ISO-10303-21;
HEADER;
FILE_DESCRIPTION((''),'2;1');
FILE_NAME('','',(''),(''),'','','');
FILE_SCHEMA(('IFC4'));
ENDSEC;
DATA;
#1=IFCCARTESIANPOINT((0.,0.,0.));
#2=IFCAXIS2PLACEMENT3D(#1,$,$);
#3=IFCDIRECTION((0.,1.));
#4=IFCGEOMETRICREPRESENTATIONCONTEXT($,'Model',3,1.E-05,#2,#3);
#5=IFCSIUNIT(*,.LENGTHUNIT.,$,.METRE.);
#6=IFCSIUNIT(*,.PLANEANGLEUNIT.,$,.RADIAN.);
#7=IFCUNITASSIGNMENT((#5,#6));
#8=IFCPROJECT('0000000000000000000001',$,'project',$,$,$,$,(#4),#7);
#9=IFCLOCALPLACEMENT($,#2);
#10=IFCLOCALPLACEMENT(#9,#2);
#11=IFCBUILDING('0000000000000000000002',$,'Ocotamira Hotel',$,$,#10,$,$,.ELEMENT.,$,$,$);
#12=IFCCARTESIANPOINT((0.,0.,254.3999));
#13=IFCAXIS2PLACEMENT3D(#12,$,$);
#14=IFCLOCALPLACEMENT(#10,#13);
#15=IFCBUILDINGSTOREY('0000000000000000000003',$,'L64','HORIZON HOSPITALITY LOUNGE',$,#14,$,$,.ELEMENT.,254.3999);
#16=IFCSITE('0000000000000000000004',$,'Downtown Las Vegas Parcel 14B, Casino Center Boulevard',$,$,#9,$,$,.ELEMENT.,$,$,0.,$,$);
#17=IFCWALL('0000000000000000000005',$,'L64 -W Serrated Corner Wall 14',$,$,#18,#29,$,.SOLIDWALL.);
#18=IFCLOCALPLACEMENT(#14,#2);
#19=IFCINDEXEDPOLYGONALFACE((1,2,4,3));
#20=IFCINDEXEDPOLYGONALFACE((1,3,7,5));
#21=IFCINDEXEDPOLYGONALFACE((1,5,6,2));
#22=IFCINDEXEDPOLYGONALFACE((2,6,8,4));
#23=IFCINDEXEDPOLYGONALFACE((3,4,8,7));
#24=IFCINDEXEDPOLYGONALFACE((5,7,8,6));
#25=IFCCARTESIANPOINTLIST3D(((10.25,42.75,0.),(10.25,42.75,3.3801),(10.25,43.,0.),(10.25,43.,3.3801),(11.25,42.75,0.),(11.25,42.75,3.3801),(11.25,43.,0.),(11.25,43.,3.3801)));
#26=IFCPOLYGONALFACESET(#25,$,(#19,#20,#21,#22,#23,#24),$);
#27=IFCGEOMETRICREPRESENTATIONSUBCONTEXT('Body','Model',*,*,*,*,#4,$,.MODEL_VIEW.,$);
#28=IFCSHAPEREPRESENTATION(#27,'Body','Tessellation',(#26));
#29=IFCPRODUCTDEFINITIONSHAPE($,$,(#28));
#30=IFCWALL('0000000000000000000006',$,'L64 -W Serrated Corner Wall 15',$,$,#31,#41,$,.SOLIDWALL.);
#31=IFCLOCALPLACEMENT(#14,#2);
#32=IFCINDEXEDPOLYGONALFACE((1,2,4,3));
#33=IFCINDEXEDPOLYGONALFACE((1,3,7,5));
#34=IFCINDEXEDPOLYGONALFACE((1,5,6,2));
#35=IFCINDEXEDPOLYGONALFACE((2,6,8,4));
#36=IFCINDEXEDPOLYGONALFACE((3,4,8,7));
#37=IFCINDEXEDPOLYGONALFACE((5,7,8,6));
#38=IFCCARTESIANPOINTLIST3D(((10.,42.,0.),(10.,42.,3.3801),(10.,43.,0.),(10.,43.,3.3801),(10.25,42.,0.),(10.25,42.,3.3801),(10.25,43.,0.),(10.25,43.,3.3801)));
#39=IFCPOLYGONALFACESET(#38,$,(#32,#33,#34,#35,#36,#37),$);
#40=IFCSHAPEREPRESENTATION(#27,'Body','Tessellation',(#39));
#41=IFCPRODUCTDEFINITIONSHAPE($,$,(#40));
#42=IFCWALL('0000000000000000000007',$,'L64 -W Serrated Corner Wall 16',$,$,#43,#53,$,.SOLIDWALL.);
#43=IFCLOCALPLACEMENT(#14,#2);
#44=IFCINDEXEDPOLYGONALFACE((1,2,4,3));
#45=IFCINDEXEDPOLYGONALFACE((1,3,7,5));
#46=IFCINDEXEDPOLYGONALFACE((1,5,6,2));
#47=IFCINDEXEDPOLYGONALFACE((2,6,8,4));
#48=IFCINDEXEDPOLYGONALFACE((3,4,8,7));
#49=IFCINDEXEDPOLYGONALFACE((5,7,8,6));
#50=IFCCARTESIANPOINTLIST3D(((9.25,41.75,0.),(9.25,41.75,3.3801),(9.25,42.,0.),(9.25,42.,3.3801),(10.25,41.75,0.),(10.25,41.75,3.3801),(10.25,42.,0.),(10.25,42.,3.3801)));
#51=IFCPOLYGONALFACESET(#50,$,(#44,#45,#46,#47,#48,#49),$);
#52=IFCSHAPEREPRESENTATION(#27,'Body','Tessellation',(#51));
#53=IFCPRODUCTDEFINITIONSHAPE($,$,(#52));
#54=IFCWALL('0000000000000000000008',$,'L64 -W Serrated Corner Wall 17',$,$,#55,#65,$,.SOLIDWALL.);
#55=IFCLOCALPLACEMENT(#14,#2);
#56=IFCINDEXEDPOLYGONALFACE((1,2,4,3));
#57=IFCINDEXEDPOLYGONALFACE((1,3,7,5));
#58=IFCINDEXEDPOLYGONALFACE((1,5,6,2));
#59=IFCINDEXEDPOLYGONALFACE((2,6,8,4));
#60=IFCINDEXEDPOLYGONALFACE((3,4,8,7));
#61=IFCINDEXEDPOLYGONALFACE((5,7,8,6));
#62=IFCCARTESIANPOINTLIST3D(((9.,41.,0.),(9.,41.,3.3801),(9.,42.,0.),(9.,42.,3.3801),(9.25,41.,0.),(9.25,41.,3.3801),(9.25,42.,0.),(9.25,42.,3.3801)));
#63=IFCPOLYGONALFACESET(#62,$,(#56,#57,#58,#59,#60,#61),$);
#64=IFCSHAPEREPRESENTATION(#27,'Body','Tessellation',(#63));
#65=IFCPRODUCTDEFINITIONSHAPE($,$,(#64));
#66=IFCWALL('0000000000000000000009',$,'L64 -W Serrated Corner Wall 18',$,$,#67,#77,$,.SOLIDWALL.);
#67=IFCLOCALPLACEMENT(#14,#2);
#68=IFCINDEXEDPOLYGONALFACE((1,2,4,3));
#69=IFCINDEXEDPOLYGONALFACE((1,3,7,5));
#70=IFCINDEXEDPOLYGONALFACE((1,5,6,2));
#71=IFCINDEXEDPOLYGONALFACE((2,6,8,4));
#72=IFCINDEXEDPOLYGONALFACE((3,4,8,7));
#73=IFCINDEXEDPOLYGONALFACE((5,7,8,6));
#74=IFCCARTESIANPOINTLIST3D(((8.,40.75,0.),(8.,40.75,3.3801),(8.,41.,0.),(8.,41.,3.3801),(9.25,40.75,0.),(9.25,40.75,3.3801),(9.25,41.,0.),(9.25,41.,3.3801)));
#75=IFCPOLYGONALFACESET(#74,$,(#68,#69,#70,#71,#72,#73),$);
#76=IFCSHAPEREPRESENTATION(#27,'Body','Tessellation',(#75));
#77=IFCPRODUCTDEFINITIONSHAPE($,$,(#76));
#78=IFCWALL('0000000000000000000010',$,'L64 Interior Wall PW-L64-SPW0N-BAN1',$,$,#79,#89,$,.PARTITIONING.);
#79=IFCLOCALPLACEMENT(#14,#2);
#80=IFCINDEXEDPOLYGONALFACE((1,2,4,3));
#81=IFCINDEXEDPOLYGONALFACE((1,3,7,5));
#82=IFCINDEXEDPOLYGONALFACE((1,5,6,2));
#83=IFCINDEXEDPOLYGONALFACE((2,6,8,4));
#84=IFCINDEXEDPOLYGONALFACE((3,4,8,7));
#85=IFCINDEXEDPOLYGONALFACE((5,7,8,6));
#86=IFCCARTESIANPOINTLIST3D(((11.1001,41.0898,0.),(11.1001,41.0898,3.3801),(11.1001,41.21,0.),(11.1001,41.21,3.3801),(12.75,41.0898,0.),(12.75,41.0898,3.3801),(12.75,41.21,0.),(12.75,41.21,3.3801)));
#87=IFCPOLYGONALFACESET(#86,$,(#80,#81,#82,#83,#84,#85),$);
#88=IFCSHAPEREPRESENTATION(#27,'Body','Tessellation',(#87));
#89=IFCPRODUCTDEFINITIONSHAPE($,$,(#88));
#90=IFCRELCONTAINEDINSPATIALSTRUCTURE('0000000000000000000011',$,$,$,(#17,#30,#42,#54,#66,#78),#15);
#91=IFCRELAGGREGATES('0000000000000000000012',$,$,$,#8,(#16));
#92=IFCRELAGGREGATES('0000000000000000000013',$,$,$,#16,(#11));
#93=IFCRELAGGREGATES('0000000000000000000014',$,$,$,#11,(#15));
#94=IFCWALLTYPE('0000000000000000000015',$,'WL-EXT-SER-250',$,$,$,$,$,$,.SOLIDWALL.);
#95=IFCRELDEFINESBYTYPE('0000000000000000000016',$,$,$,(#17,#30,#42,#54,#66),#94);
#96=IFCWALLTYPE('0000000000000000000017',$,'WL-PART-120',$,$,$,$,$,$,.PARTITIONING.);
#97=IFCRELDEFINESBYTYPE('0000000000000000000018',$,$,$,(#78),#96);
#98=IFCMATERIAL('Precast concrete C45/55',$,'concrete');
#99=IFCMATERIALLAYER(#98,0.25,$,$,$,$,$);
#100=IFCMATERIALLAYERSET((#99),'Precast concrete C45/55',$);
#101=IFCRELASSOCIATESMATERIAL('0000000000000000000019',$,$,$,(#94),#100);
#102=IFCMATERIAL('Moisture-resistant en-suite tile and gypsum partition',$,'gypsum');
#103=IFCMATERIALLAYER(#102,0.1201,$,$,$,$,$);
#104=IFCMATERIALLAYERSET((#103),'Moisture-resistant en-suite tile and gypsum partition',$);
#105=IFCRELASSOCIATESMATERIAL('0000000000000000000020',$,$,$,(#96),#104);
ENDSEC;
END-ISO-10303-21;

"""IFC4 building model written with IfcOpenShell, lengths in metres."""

from ifc_helpers import new_model, si_unit, direction, frame, frame_2d, origin, place, context, subcontext, project, spatial, rectangle, extrude, material, layer, layer_set, type_object, element, save


model = new_model("IFC4")

# Units and contexts
model_context = context("Model", 3, precision=1e-05, world=origin(), true_north=direction((0.0, 1.0)))
body_context = subcontext(model_context, "Body", "Model", "MODEL_VIEW")
ifc_project = project(units=[si_unit("LENGTHUNIT", "METRE"), si_unit("PLANEANGLEUNIT", "RADIAN")], contexts=[model_context])

# Site, building, storey
site_placement = place(None, origin())
site = spatial("IfcSite", under=ifc_project, at=site_placement, Name="Downtown Las Vegas Parcel 14B, Casino Center Boulevard", CompositionType="ELEMENT", RefElevation=0.0)
building_placement = place(site_placement, origin())
building = spatial("IfcBuilding", under=site, at=building_placement, Name="Ocotamira Hotel", CompositionType="ELEMENT")
storey_placement = place(building_placement, frame((0.0, 0.0, 254.3999)))
storey = spatial("IfcBuildingStorey", under=building, at=storey_placement, Name="L64", Description="HORIZON HOSPITALITY LOUNGE", CompositionType="ELEMENT", Elevation=254.3999)

# Walls
ifc_material_1 = material(Name="Precast concrete C45/55", Category="concrete")
ifc_layer_1 = layer(ifc_material_1, 0.25)
ifc_layer_set_1 = layer_set([ifc_layer_1], Name="Precast concrete C45/55")
wall_type_1 = type_object("IfcWallType", Name="WL-EXT-SER-250", PredefinedType="SOLIDWALL", material=ifc_layer_set_1)
for number, where, z_axis, x_axis, name in (
    (1, (11.25, 42.875, 0.0), (0.0, 0.0, 1.0), (-1.0, 0.0, 0.0), "L64 -W Serrated Corner Wall 14"),
    (2, (10.125, 43.0, 0.0), (0.0, 0.0, 1.0), (0.0, -1.0, 0.0), "L64 -W Serrated Corner Wall 15"),
    (3, (10.25, 41.875, 0.0), (0.0, 0.0, 1.0), (-1.0, 0.0, 0.0), "L64 -W Serrated Corner Wall 16"),
    (4, (9.125, 42.0, 0.0), (0.0, 0.0, 1.0), (0.0, -1.0, 0.0), "L64 -W Serrated Corner Wall 17"),
):
    element("IfcWall", number, at=place(storey_placement, frame(where, z_axis=z_axis, x_axis=x_axis)), inside=storey, type_object=wall_type_1, Name=name, PredefinedType="SOLIDWALL", context=body_context, shape_type="SweptSolid", body=[
        extrude(rectangle(XDim=1.0, YDim=0.25, at=frame_2d((0.5, 0.0))), origin(), (0.0, 0.0, 1.0), 3.3801),
    ])
wall_1_placement = place(storey_placement, frame((9.25, 40.875, 0.0), z_axis=(0.0, 0.0, 1.0), x_axis=(-1.0, 0.0, 0.0)))
element("IfcWall", 5, at=wall_1_placement, inside=storey, type_object=wall_type_1, Name="L64 -W Serrated Corner Wall 18", PredefinedType="SOLIDWALL", context=body_context, shape_type="SweptSolid", body=[
    extrude(rectangle(XDim=1.25, YDim=0.25, at=frame_2d((0.625, 0.0))), origin(), (0.0, 0.0, 1.0), 3.3801),
])
ifc_material_2 = material(Name="Moisture-resistant en-suite tile and gypsum partition", Category="gypsum")
ifc_layer_2 = layer(ifc_material_2, 0.1201)
ifc_layer_set_2 = layer_set([ifc_layer_2], Name="Moisture-resistant en-suite tile and gypsum partition")
wall_type_2 = type_object("IfcWallType", Name="WL-PART-120", PredefinedType="PARTITIONING", material=ifc_layer_set_2)
wall_2_placement = place(storey_placement, frame((11.1001, 41.1499, 0.0), z_axis=(0.0, 0.0, 1.0), x_axis=(1.0, 0.0, 0.0)))
element("IfcWall", 6, at=wall_2_placement, inside=storey, type_object=wall_type_2, Name="L64 Interior Wall PW-L64-SPW0N-BAN1", PredefinedType="PARTITIONING", context=body_context, shape_type="SweptSolid", body=[
    extrude(rectangle(XDim=1.6499, YDim=0.1201, at=frame_2d((0.825, 0.0))), origin(), (0.0, 0.0, 1.0), 3.3801),
])

save(model, "model.ifc")
